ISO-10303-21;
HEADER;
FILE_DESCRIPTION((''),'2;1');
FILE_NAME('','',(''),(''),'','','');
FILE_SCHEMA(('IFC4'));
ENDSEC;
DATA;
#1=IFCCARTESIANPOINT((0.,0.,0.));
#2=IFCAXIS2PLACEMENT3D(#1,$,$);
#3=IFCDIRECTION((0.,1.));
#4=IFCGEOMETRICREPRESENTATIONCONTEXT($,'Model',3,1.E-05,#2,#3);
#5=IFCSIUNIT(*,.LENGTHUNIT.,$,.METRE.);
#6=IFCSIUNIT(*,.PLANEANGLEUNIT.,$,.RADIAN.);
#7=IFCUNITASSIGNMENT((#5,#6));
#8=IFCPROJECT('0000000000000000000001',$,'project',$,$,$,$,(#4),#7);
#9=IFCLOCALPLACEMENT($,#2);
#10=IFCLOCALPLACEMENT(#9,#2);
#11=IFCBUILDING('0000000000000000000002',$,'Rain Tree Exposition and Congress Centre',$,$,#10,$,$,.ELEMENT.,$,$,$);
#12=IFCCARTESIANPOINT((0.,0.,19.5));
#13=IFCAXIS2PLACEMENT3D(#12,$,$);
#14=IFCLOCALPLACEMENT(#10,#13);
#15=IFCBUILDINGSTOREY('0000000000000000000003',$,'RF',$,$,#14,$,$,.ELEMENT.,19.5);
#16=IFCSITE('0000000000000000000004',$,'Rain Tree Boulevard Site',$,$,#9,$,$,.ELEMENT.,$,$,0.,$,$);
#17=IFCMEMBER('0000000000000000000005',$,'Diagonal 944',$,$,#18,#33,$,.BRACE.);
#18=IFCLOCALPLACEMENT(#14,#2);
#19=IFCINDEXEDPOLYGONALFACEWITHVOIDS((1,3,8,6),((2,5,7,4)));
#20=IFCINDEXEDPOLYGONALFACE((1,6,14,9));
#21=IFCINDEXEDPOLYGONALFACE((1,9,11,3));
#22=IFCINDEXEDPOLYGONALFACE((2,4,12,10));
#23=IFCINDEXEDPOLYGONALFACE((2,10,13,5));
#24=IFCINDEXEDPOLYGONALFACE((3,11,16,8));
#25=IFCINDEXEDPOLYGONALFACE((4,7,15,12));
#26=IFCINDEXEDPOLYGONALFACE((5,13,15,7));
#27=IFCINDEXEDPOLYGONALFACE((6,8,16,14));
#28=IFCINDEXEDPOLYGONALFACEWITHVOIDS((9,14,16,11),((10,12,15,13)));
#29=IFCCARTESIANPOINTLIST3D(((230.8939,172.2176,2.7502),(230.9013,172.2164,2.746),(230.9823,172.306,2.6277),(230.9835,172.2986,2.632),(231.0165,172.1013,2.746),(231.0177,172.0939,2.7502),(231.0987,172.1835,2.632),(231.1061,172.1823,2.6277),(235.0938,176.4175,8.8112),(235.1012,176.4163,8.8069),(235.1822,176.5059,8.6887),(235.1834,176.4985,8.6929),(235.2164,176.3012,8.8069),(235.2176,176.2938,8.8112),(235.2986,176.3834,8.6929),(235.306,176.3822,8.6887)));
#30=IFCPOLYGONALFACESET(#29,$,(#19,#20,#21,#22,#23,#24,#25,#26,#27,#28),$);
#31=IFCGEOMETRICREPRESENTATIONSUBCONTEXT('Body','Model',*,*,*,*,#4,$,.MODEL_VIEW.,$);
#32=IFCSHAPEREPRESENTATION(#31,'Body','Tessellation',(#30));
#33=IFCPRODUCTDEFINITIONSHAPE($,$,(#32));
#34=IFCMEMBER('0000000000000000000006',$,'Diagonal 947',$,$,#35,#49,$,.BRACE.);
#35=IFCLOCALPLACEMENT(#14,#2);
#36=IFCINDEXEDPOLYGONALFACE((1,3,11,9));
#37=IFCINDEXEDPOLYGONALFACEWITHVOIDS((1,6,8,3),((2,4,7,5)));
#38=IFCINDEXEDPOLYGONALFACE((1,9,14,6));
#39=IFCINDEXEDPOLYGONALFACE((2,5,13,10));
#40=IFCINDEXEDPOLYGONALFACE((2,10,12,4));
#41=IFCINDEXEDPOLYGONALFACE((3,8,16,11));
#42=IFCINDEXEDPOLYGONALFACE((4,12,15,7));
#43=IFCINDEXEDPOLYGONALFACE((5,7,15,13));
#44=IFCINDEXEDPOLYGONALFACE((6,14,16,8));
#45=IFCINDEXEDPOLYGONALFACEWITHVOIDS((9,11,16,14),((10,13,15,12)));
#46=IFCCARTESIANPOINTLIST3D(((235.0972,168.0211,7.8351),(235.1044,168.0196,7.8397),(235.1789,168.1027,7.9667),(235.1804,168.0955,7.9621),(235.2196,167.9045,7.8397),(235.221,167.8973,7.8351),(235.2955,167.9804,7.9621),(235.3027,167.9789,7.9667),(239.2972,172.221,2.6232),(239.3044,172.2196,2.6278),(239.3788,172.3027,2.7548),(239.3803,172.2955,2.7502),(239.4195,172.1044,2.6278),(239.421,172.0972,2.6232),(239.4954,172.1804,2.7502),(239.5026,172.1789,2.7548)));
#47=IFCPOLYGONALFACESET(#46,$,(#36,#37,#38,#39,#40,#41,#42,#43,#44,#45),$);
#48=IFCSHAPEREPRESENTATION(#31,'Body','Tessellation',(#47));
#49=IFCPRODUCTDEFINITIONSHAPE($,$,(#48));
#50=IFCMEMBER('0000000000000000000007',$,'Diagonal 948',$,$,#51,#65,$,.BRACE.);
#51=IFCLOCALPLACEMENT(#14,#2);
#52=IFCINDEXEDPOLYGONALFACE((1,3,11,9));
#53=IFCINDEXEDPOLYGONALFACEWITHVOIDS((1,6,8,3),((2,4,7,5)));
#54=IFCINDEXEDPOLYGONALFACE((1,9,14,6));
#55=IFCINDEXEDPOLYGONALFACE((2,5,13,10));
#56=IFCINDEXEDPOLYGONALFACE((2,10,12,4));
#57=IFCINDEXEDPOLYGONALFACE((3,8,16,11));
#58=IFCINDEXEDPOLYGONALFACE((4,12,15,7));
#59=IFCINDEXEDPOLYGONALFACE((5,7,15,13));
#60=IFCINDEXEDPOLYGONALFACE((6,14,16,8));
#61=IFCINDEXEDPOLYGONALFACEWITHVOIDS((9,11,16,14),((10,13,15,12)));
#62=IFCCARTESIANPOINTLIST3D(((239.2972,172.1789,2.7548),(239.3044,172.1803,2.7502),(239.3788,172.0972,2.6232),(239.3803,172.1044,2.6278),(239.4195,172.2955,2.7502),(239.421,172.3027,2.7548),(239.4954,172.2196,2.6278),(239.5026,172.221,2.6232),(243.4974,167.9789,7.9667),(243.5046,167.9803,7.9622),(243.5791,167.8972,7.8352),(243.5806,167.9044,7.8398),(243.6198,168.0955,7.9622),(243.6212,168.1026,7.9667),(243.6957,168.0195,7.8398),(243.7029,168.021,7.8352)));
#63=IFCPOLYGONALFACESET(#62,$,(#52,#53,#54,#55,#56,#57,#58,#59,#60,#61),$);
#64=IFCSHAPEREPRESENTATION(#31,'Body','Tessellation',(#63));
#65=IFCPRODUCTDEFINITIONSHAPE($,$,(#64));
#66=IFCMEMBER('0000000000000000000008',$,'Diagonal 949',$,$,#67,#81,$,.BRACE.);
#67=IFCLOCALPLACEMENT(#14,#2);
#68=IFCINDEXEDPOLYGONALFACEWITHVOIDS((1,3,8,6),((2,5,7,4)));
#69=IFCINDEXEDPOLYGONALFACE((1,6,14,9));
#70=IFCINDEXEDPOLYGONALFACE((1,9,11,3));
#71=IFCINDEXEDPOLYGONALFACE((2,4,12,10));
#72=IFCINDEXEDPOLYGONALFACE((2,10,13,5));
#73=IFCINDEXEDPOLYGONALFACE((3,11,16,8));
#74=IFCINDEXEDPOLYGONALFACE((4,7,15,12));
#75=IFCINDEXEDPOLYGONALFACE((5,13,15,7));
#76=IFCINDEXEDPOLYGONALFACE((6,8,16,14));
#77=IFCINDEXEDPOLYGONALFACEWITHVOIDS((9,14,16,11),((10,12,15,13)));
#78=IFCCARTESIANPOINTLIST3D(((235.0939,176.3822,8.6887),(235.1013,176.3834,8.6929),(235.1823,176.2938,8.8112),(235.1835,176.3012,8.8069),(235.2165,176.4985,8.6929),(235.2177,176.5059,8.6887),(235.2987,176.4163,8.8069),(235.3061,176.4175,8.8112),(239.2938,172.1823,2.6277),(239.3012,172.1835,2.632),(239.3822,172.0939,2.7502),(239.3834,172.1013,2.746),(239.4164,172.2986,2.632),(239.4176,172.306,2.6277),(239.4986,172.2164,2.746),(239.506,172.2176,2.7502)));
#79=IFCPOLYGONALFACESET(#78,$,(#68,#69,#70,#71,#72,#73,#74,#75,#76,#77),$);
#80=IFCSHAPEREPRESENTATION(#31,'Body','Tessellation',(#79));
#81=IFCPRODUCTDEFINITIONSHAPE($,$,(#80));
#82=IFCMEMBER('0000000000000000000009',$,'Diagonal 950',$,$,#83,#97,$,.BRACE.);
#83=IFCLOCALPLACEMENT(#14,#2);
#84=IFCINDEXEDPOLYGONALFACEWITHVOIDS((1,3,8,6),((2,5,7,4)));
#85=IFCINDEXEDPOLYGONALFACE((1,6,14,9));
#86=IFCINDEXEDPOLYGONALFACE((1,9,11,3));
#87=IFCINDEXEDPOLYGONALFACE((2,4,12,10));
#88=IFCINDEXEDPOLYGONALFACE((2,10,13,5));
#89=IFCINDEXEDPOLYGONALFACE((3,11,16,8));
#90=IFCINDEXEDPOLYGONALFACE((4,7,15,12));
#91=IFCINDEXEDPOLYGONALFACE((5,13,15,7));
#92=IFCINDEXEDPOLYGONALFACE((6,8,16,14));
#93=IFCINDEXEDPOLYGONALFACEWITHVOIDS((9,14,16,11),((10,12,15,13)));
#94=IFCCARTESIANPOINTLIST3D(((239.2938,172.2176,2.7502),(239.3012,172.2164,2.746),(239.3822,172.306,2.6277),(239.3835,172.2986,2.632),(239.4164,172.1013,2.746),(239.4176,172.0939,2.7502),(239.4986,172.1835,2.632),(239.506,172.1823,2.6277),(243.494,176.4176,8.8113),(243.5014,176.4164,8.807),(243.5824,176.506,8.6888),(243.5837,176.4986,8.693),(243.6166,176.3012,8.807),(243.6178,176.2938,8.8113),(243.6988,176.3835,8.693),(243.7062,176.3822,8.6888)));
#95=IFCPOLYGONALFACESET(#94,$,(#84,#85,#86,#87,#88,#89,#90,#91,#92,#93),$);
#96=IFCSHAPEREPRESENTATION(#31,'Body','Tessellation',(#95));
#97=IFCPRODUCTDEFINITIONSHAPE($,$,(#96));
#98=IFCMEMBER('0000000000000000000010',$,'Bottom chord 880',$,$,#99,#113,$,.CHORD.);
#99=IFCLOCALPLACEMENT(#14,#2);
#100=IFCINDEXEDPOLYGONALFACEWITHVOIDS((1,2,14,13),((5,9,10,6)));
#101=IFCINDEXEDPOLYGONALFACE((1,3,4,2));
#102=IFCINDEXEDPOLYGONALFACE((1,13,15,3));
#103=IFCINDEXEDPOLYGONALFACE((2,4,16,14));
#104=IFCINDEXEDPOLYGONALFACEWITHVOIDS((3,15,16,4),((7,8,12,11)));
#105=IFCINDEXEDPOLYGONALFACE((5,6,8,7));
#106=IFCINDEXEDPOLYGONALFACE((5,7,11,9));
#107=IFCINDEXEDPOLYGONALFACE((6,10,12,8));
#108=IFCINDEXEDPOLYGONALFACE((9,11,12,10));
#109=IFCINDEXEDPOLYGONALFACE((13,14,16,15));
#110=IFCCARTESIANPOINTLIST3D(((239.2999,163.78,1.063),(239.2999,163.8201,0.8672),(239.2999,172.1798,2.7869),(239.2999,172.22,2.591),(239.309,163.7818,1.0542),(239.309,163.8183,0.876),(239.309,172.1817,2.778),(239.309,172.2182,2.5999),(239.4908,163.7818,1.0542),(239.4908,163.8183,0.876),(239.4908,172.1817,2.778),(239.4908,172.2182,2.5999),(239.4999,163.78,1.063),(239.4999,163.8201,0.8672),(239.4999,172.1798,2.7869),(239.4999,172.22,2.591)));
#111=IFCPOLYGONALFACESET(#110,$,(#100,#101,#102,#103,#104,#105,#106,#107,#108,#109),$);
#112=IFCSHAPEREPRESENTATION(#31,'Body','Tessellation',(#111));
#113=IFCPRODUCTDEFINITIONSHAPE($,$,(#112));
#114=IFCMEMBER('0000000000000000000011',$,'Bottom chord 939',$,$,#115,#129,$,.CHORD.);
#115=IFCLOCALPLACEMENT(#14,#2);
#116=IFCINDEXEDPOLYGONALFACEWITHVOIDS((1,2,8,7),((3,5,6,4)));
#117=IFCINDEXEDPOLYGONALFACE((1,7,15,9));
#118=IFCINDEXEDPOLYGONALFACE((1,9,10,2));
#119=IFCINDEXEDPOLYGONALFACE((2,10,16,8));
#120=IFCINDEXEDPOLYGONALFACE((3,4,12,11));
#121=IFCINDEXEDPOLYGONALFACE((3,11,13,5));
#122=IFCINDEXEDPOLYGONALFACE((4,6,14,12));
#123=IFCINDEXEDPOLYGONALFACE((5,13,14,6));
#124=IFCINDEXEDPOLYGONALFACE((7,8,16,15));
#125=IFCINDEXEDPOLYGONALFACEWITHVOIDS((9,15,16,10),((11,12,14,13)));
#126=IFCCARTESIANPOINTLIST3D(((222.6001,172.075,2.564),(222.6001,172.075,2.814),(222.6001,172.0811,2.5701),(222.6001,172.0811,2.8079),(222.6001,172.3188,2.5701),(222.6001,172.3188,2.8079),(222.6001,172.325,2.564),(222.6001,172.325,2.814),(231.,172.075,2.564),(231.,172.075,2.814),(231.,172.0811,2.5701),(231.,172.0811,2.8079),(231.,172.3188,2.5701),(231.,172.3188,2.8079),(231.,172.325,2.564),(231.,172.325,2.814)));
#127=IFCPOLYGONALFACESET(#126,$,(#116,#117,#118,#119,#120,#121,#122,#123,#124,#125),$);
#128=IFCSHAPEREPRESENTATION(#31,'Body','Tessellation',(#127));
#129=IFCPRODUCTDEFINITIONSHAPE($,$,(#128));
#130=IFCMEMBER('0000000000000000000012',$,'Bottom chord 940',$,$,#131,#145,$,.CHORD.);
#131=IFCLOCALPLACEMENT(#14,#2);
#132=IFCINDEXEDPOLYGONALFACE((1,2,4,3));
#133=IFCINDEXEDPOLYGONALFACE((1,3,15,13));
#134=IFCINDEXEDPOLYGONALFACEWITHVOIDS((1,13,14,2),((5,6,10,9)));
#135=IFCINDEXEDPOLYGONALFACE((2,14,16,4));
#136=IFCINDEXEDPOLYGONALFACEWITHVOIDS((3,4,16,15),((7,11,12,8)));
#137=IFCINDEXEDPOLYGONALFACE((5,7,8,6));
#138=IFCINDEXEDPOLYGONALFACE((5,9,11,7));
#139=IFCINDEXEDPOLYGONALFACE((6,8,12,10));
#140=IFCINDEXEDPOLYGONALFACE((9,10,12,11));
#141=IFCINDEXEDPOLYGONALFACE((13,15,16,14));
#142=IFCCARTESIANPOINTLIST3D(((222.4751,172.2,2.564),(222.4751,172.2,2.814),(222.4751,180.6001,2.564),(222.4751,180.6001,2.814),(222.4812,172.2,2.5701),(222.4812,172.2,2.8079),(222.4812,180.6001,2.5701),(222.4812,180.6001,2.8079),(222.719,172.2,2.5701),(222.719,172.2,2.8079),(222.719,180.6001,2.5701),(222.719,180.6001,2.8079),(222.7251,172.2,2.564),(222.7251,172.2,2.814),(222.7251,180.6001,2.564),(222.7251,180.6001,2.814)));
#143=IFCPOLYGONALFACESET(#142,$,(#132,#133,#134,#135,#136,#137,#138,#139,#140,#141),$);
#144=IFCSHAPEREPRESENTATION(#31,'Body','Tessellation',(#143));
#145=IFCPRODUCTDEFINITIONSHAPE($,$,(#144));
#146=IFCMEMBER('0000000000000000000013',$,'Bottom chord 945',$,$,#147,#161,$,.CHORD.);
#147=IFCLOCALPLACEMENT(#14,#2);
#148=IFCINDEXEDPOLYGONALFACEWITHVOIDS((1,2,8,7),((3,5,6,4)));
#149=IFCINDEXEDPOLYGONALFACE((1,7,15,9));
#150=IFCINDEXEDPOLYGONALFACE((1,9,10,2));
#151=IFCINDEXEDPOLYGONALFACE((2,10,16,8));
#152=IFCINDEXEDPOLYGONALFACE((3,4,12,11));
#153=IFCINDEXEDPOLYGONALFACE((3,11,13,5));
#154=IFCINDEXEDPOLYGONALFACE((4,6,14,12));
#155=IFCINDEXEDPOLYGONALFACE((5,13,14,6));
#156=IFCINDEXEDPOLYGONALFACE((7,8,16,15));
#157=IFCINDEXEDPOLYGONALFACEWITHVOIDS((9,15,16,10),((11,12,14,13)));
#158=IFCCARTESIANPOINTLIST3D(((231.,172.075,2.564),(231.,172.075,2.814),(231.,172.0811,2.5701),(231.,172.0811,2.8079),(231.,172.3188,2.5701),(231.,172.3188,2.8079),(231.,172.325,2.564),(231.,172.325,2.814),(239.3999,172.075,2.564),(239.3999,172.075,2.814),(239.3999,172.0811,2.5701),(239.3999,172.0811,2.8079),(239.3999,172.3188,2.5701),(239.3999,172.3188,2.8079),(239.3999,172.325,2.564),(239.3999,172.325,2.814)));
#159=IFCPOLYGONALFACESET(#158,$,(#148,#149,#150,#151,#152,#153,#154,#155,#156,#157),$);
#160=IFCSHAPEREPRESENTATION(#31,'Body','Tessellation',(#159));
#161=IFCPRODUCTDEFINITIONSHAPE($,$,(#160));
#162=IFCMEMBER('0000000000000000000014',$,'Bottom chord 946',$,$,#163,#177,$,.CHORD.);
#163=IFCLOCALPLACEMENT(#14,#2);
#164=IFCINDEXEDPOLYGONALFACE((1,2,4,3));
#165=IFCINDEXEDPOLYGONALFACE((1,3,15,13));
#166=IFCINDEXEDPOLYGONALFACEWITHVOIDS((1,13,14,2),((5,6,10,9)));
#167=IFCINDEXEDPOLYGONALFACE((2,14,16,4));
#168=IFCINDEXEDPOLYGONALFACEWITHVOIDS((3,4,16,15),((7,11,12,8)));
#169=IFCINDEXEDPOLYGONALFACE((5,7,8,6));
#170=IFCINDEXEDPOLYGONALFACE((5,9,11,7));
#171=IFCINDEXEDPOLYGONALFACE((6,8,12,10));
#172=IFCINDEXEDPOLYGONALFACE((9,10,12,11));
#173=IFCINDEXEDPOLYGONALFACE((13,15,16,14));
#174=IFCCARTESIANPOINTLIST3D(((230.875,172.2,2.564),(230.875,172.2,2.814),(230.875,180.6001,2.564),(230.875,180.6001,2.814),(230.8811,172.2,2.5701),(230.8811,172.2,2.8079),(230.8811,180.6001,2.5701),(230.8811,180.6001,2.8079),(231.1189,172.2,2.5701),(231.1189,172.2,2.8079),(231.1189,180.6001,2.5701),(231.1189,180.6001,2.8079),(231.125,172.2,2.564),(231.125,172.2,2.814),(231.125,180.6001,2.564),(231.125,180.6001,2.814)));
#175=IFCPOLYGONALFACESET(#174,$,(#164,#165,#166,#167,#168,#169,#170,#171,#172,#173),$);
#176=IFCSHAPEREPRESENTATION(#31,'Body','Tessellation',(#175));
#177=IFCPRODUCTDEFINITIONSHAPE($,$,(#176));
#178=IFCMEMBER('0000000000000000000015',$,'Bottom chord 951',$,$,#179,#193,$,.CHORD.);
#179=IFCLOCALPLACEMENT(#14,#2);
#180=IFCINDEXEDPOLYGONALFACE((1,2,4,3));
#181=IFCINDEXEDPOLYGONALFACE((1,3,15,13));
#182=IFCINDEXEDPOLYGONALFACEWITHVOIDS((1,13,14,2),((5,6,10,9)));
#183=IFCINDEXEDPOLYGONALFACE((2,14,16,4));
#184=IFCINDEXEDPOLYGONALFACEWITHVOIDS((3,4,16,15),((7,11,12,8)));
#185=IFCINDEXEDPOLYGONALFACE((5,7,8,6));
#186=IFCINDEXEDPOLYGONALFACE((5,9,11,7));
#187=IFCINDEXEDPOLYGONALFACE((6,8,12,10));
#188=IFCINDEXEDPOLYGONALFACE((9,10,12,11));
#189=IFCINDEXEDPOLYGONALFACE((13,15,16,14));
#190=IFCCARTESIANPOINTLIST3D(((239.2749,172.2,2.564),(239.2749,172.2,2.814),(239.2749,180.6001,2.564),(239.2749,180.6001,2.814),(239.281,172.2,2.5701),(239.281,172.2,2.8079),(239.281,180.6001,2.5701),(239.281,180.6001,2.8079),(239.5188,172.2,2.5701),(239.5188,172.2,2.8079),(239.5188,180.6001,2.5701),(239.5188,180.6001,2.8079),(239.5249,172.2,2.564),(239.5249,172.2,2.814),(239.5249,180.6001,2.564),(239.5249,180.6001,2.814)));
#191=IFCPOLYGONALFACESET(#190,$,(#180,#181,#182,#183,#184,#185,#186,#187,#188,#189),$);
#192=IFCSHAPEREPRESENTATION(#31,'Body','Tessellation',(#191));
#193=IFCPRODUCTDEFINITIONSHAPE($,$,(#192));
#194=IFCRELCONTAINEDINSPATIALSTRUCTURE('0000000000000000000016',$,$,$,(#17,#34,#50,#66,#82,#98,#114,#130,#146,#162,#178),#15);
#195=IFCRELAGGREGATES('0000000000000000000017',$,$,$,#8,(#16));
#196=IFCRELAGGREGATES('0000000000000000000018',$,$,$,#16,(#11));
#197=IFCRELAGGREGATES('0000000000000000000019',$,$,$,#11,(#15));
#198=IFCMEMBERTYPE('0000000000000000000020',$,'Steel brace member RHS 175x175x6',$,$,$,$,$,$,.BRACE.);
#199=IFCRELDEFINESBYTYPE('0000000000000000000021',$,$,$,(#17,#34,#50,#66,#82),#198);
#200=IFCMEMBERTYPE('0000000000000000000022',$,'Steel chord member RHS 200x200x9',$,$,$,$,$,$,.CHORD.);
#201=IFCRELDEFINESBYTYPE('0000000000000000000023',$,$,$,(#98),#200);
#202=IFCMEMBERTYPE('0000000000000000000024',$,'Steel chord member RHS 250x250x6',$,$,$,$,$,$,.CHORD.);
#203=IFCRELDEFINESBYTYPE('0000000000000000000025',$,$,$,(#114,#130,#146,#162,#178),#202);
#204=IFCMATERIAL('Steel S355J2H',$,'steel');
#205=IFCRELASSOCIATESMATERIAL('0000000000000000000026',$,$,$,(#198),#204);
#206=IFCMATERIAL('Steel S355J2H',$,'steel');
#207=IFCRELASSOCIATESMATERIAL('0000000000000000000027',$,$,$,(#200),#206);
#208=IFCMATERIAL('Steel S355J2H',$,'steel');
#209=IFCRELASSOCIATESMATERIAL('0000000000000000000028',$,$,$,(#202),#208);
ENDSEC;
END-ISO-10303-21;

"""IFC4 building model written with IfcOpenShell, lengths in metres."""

from ifc_helpers import new_model, si_unit, direction, frame, origin, origin_2d, place, context, subcontext, project, spatial, hollow_rectangle, extrude, material, material_profile, profile_set, type_object, element, save


model = new_model("IFC4")

# Units and contexts
model_context = context("Model", 3, precision=1e-05, world=origin(), true_north=direction((0.0, 1.0)))
body_context = subcontext(model_context, "Body", "Model", "MODEL_VIEW")
ifc_project = project(units=[si_unit("LENGTHUNIT", "METRE"), si_unit("PLANEANGLEUNIT", "RADIAN")], contexts=[model_context])

# Site, building, storey
site_placement = place(None, origin())
site = spatial("IfcSite", under=ifc_project, at=site_placement, Name="Rain Tree Boulevard Site", CompositionType="ELEMENT", RefElevation=0.0)
building_placement = place(site_placement, origin())
building = spatial("IfcBuilding", under=site, at=building_placement, Name="Rain Tree Exposition and Congress Centre", CompositionType="ELEMENT")
storey_placement = place(building_placement, frame((0.0, 0.0, 19.5)))
storey = spatial("IfcBuildingStorey", under=building, at=storey_placement, Name="RF", CompositionType="ELEMENT", Elevation=19.5)

# Members
ifc_material_1 = material(Name="Steel S355J2H", Category="steel")
ifc_material_profile_1 = material_profile(ifc_material_1, hollow_rectangle(XDim=0.175, YDim=0.175, WallThickness=0.0061, at=origin_2d()), Name="RHS 175x175x6")
ifc_profile_set_1 = profile_set([ifc_material_profile_1], Name="Steel S355J2H")
member_type_1 = type_object("IfcMemberType", Name="Steel brace member RHS 175x175x6", PredefinedType="BRACE", material=ifc_profile_set_1)
for number, where, z_axis, x_axis, name in (
    (1, (231.0, 172.2, 2.689), (0.494916, 0.494916, 0.714224), (-0.707107, 0.707107, 0.0), "Diagonal 944"),
):
    element("IfcMember", number, at=place(storey_placement, frame(where, z_axis=z_axis, x_axis=x_axis)), inside=storey, type_object=member_type_1, Name=name, PredefinedType="BRACE", context=body_context, shape_type="SweptSolid", body=[
        extrude(hollow_rectangle(XDim=0.175, YDim=0.175, WallThickness=0.0061, at=origin_2d()), origin(), (0.0, 0.0, 1.0), 8.4861),
    ])
member_1_placement = place(storey_placement, frame((239.3999, 172.2, 2.689), z_axis=(-0.531498, -0.531498, 0.65956), x_axis=(0.707107, -0.707107, 0.0)))
element("IfcMember", 2, at=member_1_placement, inside=storey, type_object=member_type_1, Name="Diagonal 947", PredefinedType="BRACE", context=body_context, shape_type="SweptSolid", body=[
    extrude(hollow_rectangle(XDim=0.175, YDim=0.175, WallThickness=0.0061, at=origin_2d()), origin(), (0.0, 0.0, 1.0), 7.9021),
])
member_2_placement = place(storey_placement, frame((239.3999, 172.2, 2.689), z_axis=(0.53152, -0.531489, 0.65955), x_axis=(0.707086, 0.707127, 0.0)))
element("IfcMember", 3, at=member_2_placement, inside=storey, type_object=member_type_1, Name="Diagonal 948", PredefinedType="BRACE", context=body_context, shape_type="SweptSolid", body=[
    extrude(hollow_rectangle(XDim=0.175, YDim=0.175, WallThickness=0.0061, at=origin_2d()), origin(), (0.0, 0.0, 1.0), 7.9023),
])
member_3_placement = place(storey_placement, frame((239.3999, 172.2, 2.689), z_axis=(-0.494916, 0.494916, 0.714224), x_axis=(-0.707107, -0.707107, 0.0)))
element("IfcMember", 4, at=member_3_placement, inside=storey, type_object=member_type_1, Name="Diagonal 949", PredefinedType="BRACE", context=body_context, shape_type="SweptSolid", body=[
    extrude(hollow_rectangle(XDim=0.175, YDim=0.175, WallThickness=0.0061, at=origin_2d()), origin(), (0.0, 0.0, 1.0), 8.4861),
])
member_4_placement = place(storey_placement, frame((239.3999, 172.2, 2.689), z_axis=(0.494938, 0.494909, 0.714214), x_axis=(-0.707086, 0.707127, 0.0)))
element("IfcMember", 5, at=member_4_placement, inside=storey, type_object=member_type_1, Name="Diagonal 950", PredefinedType="BRACE", context=body_context, shape_type="SweptSolid", body=[
    extrude(hollow_rectangle(XDim=0.175, YDim=0.175, WallThickness=0.0061, at=origin_2d()), origin(), (0.0, 0.0, 1.0), 8.4863),
])
ifc_material_2 = material(Name="Steel S355J2H", Category="steel")
ifc_material_profile_2 = material_profile(ifc_material_2, hollow_rectangle(XDim=0.2, YDim=0.2, WallThickness=0.009, at=origin_2d()), Name="RHS 200x200x9")
ifc_profile_set_2 = profile_set([ifc_material_profile_2], Name="Steel S355J2H")
member_type_2 = type_object("IfcMemberType", Name="Steel chord member RHS 200x200x9", PredefinedType="CHORD", material=ifc_profile_set_2)
member_5_placement = place(storey_placement, frame((239.3999, 163.8, 0.9651), z_axis=(0.0, 0.979584, 0.201036), x_axis=(-1.0, 0.0, 0.0)))
element("IfcMember", 6, at=member_5_placement, inside=storey, type_object=member_type_2, Name="Bottom chord 880", PredefinedType="CHORD", context=body_context, shape_type="SweptSolid", body=[
    extrude(hollow_rectangle(XDim=0.2, YDim=0.2, WallThickness=0.009, at=origin_2d()), origin(), (0.0, 0.0, 1.0), 8.575),
])
ifc_material_3 = material(Name="Steel S355J2H", Category="steel")
ifc_material_profile_3 = material_profile(ifc_material_3, hollow_rectangle(XDim=0.25, YDim=0.25, WallThickness=0.0061, at=origin_2d()), Name="RHS 250x250x6")
ifc_profile_set_3 = profile_set([ifc_material_profile_3], Name="Steel S355J2H")
member_type_3 = type_object("IfcMemberType", Name="Steel chord member RHS 250x250x6", PredefinedType="CHORD", material=ifc_profile_set_3)
member_6_placement = place(storey_placement, frame((222.6001, 172.2, 2.689), z_axis=(1.0, 0.0, 0.0), x_axis=(0.0, 1.0, 0.0)))
element("IfcMember", 7, at=member_6_placement, inside=storey, type_object=member_type_3, Name="Bottom chord 939", PredefinedType="CHORD", context=body_context, shape_type="SweptSolid", body=[
    extrude(hollow_rectangle(XDim=0.25, YDim=0.25, WallThickness=0.0061, at=origin_2d()), origin(), (0.0, 0.0, 1.0), 8.3999),
])
member_7_placement = place(storey_placement, frame((222.6001, 172.2, 2.689), z_axis=(0.0, 1.0, 0.0), x_axis=(-1.0, 0.0, 0.0)))
element("IfcMember", 8, at=member_7_placement, inside=storey, type_object=member_type_3, Name="Bottom chord 940", PredefinedType="CHORD", context=body_context, shape_type="SweptSolid", body=[
    extrude(hollow_rectangle(XDim=0.25, YDim=0.25, WallThickness=0.0061, at=origin_2d()), origin(), (0.0, 0.0, 1.0), 8.4001),
])
member_8_placement = place(storey_placement, frame((231.0, 172.2, 2.689), z_axis=(1.0, 0.0, 0.0), x_axis=(0.0, 1.0, 0.0)))
element("IfcMember", 9, at=member_8_placement, inside=storey, type_object=member_type_3, Name="Bottom chord 945", PredefinedType="CHORD", context=body_context, shape_type="SweptSolid", body=[
    extrude(hollow_rectangle(XDim=0.25, YDim=0.25, WallThickness=0.0061, at=origin_2d()), origin(), (0.0, 0.0, 1.0), 8.3999),
])
for number, where, z_axis, x_axis, name in (
    (10, (231.0, 172.2, 2.689), (0.0, 1.0, 0.0), (-1.0, 0.0, 0.0), "Bottom chord 946"),
    (11, (239.3999, 172.2, 2.689), (0.0, 1.0, 0.0), (-1.0, 0.0, 0.0), "Bottom chord 951"),
):
    element("IfcMember", number, at=place(storey_placement, frame(where, z_axis=z_axis, x_axis=x_axis)), inside=storey, type_object=member_type_3, Name=name, PredefinedType="CHORD", context=body_context, shape_type="SweptSolid", body=[
        extrude(hollow_rectangle(XDim=0.25, YDim=0.25, WallThickness=0.0061, at=origin_2d()), origin(), (0.0, 0.0, 1.0), 8.4001),
    ])

save(model, "model.ifc")
